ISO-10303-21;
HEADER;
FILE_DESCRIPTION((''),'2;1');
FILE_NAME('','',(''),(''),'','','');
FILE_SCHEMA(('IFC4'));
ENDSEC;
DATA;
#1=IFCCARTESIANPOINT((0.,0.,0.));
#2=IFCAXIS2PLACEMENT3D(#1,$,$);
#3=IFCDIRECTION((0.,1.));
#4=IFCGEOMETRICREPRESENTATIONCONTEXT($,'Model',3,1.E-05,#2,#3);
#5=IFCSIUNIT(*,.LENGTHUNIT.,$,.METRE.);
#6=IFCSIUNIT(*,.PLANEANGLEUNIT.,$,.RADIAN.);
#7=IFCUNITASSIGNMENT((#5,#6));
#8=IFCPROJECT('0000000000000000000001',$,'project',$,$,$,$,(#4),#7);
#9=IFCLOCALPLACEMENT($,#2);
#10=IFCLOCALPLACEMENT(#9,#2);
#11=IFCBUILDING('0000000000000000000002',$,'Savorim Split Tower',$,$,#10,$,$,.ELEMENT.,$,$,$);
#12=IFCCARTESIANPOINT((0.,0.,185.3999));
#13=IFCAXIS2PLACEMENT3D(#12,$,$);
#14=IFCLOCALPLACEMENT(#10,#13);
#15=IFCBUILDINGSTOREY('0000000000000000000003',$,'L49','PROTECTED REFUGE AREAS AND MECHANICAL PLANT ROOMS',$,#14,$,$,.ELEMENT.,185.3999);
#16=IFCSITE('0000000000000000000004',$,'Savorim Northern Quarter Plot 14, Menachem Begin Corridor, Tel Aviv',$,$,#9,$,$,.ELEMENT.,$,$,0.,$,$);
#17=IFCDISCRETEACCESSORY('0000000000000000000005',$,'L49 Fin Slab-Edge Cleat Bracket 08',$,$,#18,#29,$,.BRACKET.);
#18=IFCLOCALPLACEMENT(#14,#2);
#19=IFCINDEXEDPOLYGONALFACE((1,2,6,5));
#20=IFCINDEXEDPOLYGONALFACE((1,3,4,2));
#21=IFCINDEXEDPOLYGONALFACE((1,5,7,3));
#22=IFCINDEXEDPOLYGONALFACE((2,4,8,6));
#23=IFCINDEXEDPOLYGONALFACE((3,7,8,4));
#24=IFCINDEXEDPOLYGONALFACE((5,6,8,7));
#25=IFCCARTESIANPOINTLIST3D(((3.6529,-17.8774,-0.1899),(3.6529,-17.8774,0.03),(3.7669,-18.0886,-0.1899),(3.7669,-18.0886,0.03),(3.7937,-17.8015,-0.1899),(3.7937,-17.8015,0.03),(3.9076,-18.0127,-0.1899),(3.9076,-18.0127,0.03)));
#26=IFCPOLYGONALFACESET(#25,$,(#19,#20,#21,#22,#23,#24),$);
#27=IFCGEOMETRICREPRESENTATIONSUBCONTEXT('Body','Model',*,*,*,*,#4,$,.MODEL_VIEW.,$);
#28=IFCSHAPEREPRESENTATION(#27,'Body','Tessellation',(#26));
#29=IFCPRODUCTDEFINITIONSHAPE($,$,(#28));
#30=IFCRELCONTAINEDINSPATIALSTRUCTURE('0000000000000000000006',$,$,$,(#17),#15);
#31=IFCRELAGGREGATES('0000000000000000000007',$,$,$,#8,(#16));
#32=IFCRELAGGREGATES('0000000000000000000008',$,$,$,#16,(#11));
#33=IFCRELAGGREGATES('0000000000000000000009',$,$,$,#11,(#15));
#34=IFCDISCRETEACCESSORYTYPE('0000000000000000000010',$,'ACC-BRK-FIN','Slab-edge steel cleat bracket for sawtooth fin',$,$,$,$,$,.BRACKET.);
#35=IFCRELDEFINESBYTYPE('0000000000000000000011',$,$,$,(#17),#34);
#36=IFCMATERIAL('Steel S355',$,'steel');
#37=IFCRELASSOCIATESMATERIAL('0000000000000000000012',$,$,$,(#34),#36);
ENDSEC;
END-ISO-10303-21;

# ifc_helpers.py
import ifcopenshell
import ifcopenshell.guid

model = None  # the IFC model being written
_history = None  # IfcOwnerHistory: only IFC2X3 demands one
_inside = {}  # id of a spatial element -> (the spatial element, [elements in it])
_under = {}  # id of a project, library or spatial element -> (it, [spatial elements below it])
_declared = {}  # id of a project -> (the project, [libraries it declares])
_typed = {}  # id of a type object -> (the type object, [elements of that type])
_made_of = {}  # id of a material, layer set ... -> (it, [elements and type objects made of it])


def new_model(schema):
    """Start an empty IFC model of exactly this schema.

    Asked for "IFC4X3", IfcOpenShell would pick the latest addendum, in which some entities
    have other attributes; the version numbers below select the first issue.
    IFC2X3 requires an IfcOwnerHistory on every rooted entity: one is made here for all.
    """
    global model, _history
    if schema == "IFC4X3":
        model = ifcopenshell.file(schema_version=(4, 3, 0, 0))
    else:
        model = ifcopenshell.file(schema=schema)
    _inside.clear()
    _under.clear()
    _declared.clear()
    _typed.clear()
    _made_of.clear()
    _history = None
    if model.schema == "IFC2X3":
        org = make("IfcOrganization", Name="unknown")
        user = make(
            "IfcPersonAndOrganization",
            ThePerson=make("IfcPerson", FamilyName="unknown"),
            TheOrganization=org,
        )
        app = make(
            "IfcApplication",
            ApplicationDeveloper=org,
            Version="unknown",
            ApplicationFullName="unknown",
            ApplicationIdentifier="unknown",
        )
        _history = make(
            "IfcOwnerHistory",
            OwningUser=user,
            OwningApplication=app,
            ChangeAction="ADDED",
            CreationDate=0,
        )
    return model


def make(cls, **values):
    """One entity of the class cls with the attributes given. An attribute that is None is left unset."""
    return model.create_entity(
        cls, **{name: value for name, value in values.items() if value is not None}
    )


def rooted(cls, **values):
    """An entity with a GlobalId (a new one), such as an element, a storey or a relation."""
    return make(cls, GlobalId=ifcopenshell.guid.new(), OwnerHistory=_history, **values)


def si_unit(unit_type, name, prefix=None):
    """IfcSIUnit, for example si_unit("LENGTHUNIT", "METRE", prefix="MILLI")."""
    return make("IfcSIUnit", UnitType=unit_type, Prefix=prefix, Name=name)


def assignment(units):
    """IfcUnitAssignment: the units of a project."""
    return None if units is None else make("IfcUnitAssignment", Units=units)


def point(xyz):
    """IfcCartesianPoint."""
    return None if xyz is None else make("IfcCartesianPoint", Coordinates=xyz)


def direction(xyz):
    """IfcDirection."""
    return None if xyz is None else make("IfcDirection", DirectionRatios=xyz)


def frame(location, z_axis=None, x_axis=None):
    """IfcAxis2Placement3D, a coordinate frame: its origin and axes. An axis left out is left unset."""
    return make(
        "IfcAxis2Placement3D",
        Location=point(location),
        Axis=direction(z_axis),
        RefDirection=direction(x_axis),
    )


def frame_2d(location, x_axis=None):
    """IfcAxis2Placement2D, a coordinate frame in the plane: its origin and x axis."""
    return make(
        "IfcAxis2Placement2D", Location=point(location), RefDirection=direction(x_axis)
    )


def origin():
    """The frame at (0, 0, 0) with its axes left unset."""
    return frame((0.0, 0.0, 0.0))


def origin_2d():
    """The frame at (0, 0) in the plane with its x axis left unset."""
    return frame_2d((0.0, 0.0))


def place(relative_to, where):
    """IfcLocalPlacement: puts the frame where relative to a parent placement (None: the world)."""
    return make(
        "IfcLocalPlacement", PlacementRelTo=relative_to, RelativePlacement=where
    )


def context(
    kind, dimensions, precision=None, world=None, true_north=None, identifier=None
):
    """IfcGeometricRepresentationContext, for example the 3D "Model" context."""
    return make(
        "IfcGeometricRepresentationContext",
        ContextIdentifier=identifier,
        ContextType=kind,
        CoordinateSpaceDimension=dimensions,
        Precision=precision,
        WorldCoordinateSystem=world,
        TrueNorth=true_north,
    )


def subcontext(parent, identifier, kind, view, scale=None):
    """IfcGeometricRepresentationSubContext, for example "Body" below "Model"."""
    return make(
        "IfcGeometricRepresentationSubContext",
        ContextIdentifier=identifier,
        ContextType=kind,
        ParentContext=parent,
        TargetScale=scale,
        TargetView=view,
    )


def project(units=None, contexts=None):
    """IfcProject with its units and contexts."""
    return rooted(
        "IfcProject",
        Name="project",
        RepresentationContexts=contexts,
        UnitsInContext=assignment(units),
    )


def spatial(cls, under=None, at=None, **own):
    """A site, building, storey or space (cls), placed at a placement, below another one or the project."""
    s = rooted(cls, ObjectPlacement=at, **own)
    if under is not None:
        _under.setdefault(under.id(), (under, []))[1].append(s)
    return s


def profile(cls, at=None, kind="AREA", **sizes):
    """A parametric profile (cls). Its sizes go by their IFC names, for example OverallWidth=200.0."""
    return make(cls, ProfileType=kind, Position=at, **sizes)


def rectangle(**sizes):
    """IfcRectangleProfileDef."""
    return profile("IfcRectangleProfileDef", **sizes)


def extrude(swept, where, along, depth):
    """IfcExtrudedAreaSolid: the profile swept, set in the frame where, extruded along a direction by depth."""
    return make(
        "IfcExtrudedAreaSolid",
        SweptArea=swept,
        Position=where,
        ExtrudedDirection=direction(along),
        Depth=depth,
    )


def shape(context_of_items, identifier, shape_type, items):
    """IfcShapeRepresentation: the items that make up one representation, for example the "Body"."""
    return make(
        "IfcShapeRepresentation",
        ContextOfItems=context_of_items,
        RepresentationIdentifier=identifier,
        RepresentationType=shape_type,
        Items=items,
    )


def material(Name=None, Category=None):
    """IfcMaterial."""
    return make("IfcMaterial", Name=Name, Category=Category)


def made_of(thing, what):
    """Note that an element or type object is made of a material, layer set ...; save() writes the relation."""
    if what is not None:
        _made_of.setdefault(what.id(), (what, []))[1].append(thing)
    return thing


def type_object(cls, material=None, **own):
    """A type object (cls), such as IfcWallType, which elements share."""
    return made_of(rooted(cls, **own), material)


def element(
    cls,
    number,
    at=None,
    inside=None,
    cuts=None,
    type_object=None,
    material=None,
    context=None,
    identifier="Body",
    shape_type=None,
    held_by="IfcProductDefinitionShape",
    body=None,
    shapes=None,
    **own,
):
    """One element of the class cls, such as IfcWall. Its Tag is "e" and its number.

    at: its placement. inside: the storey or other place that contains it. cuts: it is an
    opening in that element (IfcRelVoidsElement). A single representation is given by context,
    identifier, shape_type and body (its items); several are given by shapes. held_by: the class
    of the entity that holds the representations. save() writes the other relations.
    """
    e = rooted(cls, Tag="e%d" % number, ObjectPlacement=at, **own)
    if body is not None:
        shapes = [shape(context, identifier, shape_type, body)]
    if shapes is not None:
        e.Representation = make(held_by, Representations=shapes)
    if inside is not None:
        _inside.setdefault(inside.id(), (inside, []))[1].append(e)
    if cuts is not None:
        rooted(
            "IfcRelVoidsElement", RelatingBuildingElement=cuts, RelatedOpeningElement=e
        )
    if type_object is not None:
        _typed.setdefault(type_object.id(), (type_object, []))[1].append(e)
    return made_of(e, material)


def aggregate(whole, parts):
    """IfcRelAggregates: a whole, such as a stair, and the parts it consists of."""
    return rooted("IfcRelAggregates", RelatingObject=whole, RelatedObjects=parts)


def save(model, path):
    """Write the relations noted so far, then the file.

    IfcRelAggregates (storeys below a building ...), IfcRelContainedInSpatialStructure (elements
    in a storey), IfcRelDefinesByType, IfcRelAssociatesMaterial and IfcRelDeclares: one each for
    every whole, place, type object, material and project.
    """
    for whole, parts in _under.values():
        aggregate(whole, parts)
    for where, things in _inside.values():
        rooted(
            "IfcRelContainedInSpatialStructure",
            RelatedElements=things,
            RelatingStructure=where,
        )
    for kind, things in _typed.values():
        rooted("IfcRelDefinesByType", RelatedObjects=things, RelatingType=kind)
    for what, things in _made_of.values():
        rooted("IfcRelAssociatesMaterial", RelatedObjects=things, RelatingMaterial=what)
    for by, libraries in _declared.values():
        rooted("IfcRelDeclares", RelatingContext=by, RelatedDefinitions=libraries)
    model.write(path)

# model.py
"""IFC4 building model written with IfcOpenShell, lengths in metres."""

from ifc_helpers import new_model, si_unit, direction, frame, origin, origin_2d, place, context, subcontext, project, spatial, rectangle, extrude, material, type_object, element, save


model = new_model("IFC4")

# Units and contexts
model_context = context("Model", 3, precision=1e-05, world=origin(), true_north=direction((0.0, 1.0)))
body_context = subcontext(model_context, "Body", "Model", "MODEL_VIEW")
ifc_project = project(units=[si_unit("LENGTHUNIT", "METRE"), si_unit("PLANEANGLEUNIT", "RADIAN")], contexts=[model_context])

# Site, building, storey
site_placement = place(None, origin())
site = spatial("IfcSite", under=ifc_project, at=site_placement, Name="Savorim Northern Quarter Plot 14, Menachem Begin Corridor, Tel Aviv", CompositionType="ELEMENT", RefElevation=0.0)
building_placement = place(site_placement, origin())
building = spatial("IfcBuilding", under=site, at=building_placement, Name="Savorim Split Tower", CompositionType="ELEMENT")
storey_placement = place(building_placement, frame((0.0, 0.0, 185.3999)))
storey = spatial("IfcBuildingStorey", under=building, at=storey_placement, Name="L49", Description="PROTECTED REFUGE AREAS AND MECHANICAL PLANT ROOMS", CompositionType="ELEMENT", Elevation=185.3999)

# Shared definitions
ifc_material_1 = material(Name="Steel S355", Category="steel")

# Discrete accessory
discrete_accessory_type = type_object("IfcDiscreteAccessoryType", Name="ACC-BRK-FIN", Description="Slab-edge steel cleat bracket for sawtooth fin", PredefinedType="BRACKET", material=ifc_material_1)
discrete_accessory_placement = place(storey_placement, frame((3.7803, -17.9451, -0.1899), z_axis=(0.0, 0.0, 1.0), x_axis=(0.474778, -0.880106, 0.0)))
element("IfcDiscreteAccessory", 1, at=discrete_accessory_placement, inside=storey, type_object=discrete_accessory_type, Name="L49 Fin Slab-Edge Cleat Bracket 08", PredefinedType="BRACKET", context=body_context, shape_type="SweptSolid", body=[
    extrude(rectangle(XDim=0.24, YDim=0.1599, at=origin_2d()), origin(), (0.0, 0.0, 1.0), 0.22),
])

save(model, "model.ifc")
